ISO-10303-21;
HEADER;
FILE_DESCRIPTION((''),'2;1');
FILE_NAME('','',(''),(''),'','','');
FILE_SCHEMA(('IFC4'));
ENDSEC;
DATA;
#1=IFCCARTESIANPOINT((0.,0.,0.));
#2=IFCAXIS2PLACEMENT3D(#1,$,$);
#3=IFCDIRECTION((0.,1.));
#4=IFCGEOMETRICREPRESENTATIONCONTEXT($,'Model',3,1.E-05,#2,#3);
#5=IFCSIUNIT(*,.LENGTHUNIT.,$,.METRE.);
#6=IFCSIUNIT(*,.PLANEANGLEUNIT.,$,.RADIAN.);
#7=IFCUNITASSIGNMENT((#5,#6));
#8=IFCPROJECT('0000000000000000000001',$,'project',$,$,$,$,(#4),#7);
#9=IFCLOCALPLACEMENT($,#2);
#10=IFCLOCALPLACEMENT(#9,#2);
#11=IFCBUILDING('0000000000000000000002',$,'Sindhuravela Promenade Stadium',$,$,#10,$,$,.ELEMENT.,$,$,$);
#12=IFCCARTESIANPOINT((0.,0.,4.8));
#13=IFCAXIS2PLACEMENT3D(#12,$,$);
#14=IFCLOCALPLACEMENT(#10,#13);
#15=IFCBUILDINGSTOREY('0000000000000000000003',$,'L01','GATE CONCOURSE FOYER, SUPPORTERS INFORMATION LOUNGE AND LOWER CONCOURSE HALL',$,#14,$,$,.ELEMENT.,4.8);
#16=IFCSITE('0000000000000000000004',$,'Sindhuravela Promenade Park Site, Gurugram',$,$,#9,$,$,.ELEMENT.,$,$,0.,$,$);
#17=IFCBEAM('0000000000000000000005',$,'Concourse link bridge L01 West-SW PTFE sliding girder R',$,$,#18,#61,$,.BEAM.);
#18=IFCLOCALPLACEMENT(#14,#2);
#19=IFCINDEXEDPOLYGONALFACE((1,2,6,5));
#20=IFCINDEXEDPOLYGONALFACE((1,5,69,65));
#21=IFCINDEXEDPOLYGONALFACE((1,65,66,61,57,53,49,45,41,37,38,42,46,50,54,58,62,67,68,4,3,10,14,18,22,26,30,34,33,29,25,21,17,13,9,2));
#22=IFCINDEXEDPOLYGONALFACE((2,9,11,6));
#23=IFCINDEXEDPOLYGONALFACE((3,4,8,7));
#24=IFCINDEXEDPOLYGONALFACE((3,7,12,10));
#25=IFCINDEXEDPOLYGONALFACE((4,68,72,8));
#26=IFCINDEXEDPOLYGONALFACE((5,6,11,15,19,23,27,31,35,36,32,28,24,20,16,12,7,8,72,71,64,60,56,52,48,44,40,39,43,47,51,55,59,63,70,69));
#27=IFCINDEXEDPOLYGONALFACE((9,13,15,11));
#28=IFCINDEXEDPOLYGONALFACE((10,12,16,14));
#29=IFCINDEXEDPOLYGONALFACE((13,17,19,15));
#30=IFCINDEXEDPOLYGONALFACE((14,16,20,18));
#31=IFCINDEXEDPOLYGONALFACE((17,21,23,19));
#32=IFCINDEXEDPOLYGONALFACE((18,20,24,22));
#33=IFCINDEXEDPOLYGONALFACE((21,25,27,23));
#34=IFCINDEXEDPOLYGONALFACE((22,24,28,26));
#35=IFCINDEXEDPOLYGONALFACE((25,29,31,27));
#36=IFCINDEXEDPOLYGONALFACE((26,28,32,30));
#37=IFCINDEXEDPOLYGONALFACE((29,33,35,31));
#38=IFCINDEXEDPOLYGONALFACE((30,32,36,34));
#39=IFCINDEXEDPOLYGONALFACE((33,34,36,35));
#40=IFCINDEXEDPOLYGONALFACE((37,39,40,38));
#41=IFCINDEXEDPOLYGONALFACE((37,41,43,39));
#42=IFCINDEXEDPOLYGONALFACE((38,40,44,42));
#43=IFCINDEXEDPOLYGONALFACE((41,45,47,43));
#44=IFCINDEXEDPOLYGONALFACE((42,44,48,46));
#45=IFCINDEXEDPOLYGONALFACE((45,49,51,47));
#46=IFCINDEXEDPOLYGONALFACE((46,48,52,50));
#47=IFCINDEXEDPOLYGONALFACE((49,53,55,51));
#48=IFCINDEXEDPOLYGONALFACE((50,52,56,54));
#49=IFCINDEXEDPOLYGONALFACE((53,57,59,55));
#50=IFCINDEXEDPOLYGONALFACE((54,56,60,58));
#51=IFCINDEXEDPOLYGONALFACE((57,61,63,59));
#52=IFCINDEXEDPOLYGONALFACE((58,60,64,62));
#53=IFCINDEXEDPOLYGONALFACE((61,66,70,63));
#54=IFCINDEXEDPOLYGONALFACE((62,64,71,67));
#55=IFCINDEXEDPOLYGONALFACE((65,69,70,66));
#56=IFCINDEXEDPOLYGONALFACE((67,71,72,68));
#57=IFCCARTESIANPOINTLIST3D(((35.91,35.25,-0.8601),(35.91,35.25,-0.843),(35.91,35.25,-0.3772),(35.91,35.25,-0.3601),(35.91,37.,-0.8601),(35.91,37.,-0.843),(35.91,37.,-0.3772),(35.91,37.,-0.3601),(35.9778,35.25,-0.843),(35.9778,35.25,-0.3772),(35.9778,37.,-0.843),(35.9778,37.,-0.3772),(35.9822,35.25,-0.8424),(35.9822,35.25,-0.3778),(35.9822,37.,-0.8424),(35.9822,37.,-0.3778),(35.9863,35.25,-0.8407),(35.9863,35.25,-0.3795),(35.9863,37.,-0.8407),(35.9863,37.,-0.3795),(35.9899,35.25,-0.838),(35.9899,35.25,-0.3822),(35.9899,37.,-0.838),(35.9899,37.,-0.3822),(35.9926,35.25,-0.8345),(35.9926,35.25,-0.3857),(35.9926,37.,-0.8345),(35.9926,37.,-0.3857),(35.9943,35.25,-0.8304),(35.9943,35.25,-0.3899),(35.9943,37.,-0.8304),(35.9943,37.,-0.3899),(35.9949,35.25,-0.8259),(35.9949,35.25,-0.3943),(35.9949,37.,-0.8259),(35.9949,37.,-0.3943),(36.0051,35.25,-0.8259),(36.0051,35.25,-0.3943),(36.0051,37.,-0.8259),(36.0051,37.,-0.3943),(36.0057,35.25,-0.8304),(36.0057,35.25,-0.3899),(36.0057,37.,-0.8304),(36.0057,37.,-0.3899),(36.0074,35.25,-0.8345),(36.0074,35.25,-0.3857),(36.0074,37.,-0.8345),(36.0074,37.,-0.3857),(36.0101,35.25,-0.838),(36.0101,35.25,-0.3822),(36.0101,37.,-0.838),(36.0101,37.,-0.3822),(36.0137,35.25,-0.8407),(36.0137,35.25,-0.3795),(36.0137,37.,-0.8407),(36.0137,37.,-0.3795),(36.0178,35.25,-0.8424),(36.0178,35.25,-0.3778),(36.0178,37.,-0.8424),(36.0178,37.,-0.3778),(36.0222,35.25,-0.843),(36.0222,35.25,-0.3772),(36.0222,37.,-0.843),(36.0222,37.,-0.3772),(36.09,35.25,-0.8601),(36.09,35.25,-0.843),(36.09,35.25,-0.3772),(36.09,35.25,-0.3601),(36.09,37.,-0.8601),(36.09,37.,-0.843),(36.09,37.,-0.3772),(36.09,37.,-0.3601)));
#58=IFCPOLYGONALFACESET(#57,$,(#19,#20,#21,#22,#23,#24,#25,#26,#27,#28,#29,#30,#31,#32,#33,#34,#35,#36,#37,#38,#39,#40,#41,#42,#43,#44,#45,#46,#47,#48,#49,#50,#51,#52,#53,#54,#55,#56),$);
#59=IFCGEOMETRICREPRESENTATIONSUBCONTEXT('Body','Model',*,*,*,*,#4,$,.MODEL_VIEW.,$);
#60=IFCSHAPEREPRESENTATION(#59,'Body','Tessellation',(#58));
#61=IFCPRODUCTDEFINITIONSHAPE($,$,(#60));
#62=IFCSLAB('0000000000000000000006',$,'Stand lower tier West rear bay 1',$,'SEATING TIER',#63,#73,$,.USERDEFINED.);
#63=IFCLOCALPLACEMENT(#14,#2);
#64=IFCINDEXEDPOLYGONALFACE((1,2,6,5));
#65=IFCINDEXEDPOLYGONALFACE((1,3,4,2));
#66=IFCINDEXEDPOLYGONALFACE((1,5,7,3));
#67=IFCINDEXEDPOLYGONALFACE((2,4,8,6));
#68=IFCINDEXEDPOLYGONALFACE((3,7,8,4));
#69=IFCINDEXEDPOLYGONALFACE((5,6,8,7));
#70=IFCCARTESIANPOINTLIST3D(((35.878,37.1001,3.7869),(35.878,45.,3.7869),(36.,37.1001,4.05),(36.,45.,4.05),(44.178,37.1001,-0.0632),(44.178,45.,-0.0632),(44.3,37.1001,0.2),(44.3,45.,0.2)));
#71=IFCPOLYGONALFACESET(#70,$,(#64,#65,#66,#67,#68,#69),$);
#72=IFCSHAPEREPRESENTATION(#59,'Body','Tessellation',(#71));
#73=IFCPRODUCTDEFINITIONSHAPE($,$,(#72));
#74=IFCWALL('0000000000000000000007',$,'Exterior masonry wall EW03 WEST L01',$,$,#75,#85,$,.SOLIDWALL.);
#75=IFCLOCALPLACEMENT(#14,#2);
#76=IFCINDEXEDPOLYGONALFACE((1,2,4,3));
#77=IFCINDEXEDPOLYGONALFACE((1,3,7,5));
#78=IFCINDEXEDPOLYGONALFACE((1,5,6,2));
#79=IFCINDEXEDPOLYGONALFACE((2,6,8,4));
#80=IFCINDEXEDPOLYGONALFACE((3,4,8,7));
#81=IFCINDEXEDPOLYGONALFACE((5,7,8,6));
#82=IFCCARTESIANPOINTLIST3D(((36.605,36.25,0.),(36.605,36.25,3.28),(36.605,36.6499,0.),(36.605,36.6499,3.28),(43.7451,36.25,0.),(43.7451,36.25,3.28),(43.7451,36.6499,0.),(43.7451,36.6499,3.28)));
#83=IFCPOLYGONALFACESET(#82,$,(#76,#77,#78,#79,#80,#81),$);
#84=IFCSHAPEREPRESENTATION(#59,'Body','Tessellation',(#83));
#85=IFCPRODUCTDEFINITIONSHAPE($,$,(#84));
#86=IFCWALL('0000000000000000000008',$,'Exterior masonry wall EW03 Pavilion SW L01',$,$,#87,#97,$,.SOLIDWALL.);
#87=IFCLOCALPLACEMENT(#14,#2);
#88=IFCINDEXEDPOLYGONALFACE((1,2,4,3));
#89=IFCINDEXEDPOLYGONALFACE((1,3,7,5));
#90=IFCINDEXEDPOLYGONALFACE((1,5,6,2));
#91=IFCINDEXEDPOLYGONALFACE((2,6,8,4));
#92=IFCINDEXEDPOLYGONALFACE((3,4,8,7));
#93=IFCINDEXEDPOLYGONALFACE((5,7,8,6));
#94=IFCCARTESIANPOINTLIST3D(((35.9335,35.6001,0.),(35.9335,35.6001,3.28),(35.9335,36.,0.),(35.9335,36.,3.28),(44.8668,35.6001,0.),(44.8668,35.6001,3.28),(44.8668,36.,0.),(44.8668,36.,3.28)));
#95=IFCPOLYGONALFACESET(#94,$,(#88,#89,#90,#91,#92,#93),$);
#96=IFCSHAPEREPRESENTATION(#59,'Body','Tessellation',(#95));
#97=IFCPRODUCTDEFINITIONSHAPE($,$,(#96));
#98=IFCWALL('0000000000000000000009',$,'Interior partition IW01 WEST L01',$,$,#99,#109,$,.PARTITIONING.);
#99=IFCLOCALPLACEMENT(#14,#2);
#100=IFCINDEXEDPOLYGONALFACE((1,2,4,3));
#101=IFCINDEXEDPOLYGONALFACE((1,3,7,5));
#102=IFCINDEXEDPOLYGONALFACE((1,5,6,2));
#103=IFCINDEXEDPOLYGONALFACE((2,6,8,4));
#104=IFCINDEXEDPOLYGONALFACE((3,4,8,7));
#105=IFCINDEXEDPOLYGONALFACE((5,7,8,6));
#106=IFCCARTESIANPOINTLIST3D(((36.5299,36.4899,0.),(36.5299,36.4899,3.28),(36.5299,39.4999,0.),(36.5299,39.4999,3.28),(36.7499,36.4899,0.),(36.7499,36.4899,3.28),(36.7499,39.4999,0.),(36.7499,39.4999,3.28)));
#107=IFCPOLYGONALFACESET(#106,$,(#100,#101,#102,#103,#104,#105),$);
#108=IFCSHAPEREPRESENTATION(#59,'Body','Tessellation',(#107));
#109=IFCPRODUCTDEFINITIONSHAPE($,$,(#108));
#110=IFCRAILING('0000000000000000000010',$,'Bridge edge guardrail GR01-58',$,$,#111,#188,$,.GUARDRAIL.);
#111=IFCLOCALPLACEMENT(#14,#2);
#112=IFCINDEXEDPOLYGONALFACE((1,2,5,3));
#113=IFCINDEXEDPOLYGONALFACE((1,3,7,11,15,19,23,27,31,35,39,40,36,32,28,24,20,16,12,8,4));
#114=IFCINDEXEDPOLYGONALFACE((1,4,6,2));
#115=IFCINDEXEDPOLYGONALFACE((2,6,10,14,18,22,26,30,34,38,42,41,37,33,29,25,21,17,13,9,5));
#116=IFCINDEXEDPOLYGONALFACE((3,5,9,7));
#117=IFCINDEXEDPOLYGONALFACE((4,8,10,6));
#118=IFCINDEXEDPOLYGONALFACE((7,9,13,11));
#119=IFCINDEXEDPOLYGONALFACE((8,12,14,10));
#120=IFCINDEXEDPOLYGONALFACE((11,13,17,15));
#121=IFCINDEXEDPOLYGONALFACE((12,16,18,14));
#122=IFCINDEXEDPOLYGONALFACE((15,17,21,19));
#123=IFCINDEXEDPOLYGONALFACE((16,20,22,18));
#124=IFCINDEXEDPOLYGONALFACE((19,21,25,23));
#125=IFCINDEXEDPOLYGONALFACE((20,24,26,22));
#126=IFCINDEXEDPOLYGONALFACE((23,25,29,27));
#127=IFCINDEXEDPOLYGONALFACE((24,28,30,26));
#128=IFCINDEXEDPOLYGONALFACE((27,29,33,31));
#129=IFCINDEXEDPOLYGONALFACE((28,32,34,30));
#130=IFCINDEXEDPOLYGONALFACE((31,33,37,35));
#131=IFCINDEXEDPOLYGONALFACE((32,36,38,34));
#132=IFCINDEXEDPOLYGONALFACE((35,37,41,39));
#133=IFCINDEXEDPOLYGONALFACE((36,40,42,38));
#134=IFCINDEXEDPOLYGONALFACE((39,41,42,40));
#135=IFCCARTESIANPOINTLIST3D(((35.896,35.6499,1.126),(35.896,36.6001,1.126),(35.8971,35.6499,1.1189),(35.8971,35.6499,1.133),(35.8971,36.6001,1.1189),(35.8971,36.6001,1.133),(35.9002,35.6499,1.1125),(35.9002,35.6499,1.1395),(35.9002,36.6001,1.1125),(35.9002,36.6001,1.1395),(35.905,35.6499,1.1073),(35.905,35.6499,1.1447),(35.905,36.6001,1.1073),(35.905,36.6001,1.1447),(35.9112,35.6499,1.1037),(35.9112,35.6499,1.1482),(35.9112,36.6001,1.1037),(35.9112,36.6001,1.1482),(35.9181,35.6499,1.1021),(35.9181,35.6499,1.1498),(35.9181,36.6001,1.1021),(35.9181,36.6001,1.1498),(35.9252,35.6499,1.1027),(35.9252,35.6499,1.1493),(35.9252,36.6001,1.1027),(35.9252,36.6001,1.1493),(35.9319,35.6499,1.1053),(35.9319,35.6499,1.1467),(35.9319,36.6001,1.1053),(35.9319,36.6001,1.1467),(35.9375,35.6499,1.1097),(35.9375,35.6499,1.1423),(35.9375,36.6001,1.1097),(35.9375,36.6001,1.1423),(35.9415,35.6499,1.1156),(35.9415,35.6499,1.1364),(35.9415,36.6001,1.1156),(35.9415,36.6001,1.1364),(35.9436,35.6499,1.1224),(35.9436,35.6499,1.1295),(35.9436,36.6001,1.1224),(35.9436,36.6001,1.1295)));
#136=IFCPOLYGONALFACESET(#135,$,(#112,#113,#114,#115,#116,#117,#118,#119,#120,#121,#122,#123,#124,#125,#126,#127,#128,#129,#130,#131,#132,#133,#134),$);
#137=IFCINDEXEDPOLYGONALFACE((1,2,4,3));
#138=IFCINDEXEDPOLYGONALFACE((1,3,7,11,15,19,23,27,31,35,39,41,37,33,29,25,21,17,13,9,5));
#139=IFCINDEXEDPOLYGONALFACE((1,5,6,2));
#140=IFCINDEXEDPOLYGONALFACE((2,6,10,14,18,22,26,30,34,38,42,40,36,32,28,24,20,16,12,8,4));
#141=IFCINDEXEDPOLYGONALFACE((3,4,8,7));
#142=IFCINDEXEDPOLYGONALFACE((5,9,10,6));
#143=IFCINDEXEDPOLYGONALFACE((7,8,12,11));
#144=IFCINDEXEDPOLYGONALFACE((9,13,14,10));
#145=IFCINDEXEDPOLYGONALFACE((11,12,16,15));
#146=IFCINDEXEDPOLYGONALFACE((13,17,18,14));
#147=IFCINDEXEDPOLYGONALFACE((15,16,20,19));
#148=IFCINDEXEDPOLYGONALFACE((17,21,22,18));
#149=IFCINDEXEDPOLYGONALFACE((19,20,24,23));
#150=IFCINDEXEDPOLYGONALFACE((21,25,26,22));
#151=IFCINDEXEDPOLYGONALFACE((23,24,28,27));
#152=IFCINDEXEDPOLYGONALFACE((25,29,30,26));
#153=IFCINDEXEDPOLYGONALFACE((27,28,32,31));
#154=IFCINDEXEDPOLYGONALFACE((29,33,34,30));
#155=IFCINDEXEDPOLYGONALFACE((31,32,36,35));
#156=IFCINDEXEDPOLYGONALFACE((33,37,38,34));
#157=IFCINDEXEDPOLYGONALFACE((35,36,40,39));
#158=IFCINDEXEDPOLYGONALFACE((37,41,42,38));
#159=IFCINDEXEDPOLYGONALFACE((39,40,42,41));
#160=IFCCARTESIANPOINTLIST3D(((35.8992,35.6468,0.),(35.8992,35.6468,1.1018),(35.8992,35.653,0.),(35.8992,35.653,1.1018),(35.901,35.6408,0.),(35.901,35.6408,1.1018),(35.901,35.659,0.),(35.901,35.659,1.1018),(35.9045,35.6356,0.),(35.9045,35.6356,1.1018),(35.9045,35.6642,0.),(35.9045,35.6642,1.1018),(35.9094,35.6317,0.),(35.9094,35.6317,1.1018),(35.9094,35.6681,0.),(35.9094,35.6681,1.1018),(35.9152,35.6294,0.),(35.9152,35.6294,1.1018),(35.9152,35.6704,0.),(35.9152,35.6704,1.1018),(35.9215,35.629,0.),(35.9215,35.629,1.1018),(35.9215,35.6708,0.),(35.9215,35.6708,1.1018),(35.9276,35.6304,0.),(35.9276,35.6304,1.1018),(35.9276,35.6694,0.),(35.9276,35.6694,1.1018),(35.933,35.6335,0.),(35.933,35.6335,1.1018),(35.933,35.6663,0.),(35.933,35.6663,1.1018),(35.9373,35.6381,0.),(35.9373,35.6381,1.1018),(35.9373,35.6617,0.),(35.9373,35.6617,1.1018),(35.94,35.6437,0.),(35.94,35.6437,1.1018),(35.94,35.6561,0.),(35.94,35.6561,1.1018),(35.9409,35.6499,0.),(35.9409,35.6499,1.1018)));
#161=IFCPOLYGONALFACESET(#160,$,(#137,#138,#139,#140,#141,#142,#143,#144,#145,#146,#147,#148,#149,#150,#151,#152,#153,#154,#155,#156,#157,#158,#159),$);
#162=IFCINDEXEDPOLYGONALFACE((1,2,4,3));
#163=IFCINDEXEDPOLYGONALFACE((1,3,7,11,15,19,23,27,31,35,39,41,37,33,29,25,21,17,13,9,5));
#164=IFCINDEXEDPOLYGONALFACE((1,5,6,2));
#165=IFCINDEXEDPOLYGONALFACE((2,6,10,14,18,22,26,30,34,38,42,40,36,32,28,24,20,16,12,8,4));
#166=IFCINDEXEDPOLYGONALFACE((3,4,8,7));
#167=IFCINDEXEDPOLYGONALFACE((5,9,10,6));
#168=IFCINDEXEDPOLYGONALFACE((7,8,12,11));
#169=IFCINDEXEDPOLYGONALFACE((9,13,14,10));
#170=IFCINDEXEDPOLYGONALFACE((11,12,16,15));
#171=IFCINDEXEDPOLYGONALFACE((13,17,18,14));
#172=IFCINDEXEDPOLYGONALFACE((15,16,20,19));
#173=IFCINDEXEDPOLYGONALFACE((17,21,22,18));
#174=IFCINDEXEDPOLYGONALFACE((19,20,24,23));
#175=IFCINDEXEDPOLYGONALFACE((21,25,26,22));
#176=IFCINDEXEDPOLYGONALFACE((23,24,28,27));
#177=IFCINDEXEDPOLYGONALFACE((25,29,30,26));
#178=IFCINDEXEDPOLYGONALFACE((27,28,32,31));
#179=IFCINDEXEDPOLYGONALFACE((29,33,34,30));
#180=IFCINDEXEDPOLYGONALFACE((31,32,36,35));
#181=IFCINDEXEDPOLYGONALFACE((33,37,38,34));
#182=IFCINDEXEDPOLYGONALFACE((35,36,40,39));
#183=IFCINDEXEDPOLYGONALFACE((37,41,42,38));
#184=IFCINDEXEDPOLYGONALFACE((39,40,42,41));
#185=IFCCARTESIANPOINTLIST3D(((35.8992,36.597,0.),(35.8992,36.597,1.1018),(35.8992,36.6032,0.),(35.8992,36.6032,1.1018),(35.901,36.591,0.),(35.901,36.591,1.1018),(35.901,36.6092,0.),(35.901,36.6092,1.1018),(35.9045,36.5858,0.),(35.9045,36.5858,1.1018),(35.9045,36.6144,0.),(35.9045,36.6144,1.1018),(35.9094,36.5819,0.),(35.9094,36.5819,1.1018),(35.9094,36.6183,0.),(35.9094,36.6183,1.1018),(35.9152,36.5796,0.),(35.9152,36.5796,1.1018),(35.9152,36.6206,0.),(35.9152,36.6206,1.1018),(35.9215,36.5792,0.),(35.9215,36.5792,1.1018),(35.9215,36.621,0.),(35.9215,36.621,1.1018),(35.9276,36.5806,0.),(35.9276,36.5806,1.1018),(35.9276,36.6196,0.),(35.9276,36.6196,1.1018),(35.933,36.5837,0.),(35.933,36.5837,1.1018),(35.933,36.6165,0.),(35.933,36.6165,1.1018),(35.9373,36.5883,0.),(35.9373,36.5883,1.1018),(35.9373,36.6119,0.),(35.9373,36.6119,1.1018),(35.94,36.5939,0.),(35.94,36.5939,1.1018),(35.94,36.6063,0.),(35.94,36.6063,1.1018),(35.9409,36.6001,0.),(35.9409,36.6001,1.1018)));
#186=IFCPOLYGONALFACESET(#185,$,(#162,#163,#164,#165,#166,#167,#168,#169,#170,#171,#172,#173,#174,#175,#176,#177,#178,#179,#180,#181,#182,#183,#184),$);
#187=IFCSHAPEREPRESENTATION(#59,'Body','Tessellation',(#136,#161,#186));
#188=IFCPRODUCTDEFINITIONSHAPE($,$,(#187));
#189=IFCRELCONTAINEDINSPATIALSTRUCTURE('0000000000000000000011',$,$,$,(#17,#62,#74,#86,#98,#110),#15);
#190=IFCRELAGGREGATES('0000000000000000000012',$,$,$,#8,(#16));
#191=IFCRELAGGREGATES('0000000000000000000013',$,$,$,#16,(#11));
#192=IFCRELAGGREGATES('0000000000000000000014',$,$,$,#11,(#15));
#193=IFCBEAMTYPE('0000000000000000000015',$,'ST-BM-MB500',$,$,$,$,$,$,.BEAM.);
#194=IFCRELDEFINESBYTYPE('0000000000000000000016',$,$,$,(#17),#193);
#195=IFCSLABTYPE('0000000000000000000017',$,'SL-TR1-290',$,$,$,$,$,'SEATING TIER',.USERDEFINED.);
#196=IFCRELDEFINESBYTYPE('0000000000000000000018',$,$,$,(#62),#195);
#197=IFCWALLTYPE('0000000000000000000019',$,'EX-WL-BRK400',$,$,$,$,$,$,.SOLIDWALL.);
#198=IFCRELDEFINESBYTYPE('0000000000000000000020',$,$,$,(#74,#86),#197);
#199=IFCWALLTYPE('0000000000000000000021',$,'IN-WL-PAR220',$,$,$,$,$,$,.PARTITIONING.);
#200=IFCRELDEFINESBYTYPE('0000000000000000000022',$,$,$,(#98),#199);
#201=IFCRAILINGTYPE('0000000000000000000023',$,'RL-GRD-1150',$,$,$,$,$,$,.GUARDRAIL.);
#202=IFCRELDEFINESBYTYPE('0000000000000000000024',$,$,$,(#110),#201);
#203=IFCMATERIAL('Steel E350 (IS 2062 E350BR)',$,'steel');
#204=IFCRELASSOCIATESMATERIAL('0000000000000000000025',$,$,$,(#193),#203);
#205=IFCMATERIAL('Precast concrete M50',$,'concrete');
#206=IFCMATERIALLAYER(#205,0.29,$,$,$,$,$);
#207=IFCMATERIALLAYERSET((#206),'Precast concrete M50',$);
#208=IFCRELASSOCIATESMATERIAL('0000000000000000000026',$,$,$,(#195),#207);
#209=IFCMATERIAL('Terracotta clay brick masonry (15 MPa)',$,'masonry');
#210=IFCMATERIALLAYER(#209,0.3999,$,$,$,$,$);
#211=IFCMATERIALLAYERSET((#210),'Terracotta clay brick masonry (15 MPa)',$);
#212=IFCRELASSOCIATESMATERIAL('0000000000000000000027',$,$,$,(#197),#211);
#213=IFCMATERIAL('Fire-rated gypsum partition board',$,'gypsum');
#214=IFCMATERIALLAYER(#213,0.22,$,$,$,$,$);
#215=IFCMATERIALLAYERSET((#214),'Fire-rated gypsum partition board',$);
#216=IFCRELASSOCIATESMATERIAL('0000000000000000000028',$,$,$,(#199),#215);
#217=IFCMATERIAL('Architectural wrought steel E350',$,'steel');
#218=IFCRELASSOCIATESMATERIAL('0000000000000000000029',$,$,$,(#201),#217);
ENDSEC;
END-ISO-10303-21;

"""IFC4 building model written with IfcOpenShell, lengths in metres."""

from ifc_helpers import new_model, si_unit, direction, frame, frame_2d, origin, origin_2d, place, context, subcontext, project, spatial, polyline, rectangle, circle, i_section, outline, extrude, material, layer, layer_set, material_profile, profile_set, type_object, element, save


model = new_model("IFC4")

# Units and contexts
model_context = context("Model", 3, precision=1e-05, world=origin(), true_north=direction((0.0, 1.0)))
body_context = subcontext(model_context, "Body", "Model", "MODEL_VIEW")
ifc_project = project(units=[si_unit("LENGTHUNIT", "METRE"), si_unit("PLANEANGLEUNIT", "RADIAN")], contexts=[model_context])

# Site, building, storey
site_placement = place(None, origin())
site = spatial("IfcSite", under=ifc_project, at=site_placement, Name="Sindhuravela Promenade Park Site, Gurugram", CompositionType="ELEMENT", RefElevation=0.0)
building_placement = place(site_placement, origin())
building = spatial("IfcBuilding", under=site, at=building_placement, Name="Sindhuravela Promenade Stadium", CompositionType="ELEMENT")
storey_placement = place(building_placement, frame((0.0, 0.0, 4.8)))
storey = spatial("IfcBuildingStorey", under=building, at=storey_placement, Name="L01", Description="GATE CONCOURSE FOYER, SUPPORTERS INFORMATION LOUNGE AND LOWER CONCOURSE HALL", CompositionType="ELEMENT", Elevation=4.8)

# Beam
ifc_material_1 = material(Name="Steel E350 (IS 2062 E350BR)", Category="steel")
ifc_material_profile_1 = material_profile(ifc_material_1, i_section(OverallWidth=0.1799, OverallDepth=0.5, WebThickness=0.0103, FlangeThickness=0.0171, FilletRadius=0.0171, at=origin_2d()), Name="ISMB 500")
ifc_profile_set_1 = profile_set([ifc_material_profile_1], Name="Steel E350 (IS 2062 E350BR)")
beam_type_1 = type_object("IfcBeamType", Name="ST-BM-MB500", PredefinedType="BEAM", material=ifc_profile_set_1)
beam_1_placement = place(storey_placement, frame((36.0, 35.25, -0.6101), z_axis=(0.0, 1.0, 0.0), x_axis=(-1.0, 0.0, 0.0)))
element("IfcBeam", 1, at=beam_1_placement, inside=storey, type_object=beam_type_1, Name="Concourse link bridge L01 West-SW PTFE sliding girder R", PredefinedType="BEAM", context=body_context, shape_type="SweptSolid", body=[
    extrude(i_section(OverallWidth=0.1799, OverallDepth=0.5, WebThickness=0.0103, FlangeThickness=0.0171, FilletRadius=0.0171, at=origin_2d()), origin(), (0.0, 0.0, 1.0), 1.75),
])

# Slab
ifc_material_2 = material(Name="Precast concrete M50", Category="concrete")
ifc_layer_1 = layer(ifc_material_2, 0.29)
ifc_layer_set_1 = layer_set([ifc_layer_1], Name="Precast concrete M50")
slab_type = type_object("IfcSlabType", Name="SL-TR1-290", ElementType="SEATING TIER", PredefinedType="USERDEFINED", material=ifc_layer_set_1)
slab_placement = place(storey_placement, frame((44.3, 37.1001, 0.2), z_axis=(0.420797, 0.0, 0.907155), x_axis=(0.0, 1.0, 0.0)))
element("IfcSlab", 2, at=slab_placement, inside=storey, type_object=slab_type, Name="Stand lower tier West rear bay 1", ObjectType="SEATING TIER", PredefinedType="USERDEFINED", context=body_context, shape_type="SweptSolid", body=[
    extrude(outline(polyline([(0.0, 0.0), (7.8999, 0.0), (7.8999, 9.1495), (0.0, 9.1495), (0.0, 0.0)])), origin(), (0.0, 0.0, -1.0), 0.29),
])

# Walls
ifc_material_3 = material(Name="Terracotta clay brick masonry (15 MPa)", Category="masonry")
ifc_layer_2 = layer(ifc_material_3, 0.3999)
ifc_layer_set_2 = layer_set([ifc_layer_2], Name="Terracotta clay brick masonry (15 MPa)")
wall_type_1 = type_object("IfcWallType", Name="EX-WL-BRK400", PredefinedType="SOLIDWALL", material=ifc_layer_set_2)
wall_1_placement = place(storey_placement, frame((43.7451, 36.45, 0.0), z_axis=(0.0, 0.0, 1.0), x_axis=(-1.0, 0.0, 0.0)))
element("IfcWall", 3, at=wall_1_placement, inside=storey, type_object=wall_type_1, Name="Exterior masonry wall EW03 WEST L01", PredefinedType="SOLIDWALL", context=body_context, shape_type="SweptSolid", body=[
    extrude(rectangle(XDim=7.1401, YDim=0.3999, at=frame_2d((3.5701, 0.0))), origin(), (0.0, 0.0, 1.0), 3.28),
])
wall_2_placement = place(storey_placement, frame((35.9333, 35.8, 0.0), z_axis=(0.0, 0.0, 1.0), x_axis=(1.0, 0.0, 0.0)))
element("IfcWall", 4, at=wall_2_placement, inside=storey, type_object=wall_type_1, Name="Exterior masonry wall EW03 Pavilion SW L01", PredefinedType="SOLIDWALL", context=body_context, shape_type="SweptSolid", body=[
    extrude(rectangle(XDim=8.9333, YDim=0.3999, at=frame_2d((4.4668, 0.0))), origin(), (0.0, 0.0, 1.0), 3.28),
])
ifc_material_4 = material(Name="Fire-rated gypsum partition board", Category="gypsum")
ifc_layer_3 = layer(ifc_material_4, 0.22)
ifc_layer_set_3 = layer_set([ifc_layer_3], Name="Fire-rated gypsum partition board")
wall_type_2 = type_object("IfcWallType", Name="IN-WL-PAR220", PredefinedType="PARTITIONING", material=ifc_layer_set_3)
wall_3_placement = place(storey_placement, frame((36.6399, 36.49, 0.0), z_axis=(0.0, 0.0, 1.0), x_axis=(0.0, 1.0, 0.0)))
element("IfcWall", 5, at=wall_3_placement, inside=storey, type_object=wall_type_2, Name="Interior partition IW01 WEST L01", PredefinedType="PARTITIONING", context=body_context, shape_type="SweptSolid", body=[
    extrude(rectangle(XDim=3.01, YDim=0.22, at=frame_2d((1.5049, 0.0))), origin(), (0.0, 0.0, 1.0), 3.28),
])

# Railing
ifc_material_5 = material(Name="Architectural wrought steel E350", Category="steel")
railing_type = type_object("IfcRailingType", Name="RL-GRD-1150", PredefinedType="GUARDRAIL", material=ifc_material_5)
railing_1_placement = place(storey_placement, frame((35.9199, 35.6499, 0.0)))
element("IfcRailing", 6, at=railing_1_placement, inside=storey, type_object=railing_type, Name="Bridge edge guardrail GR01-58", PredefinedType="GUARDRAIL", context=body_context, shape_type="SweptSolid", body=[
    extrude(circle(Radius=0.0239, at=origin_2d()), frame((0.0, 0.0, 1.126), z_axis=(0.0, 1.0, 0.0), x_axis=(-1.0, 0.0, 0.0)), (0.0, 0.0, 1.0), 0.9502),
    extrude(circle(Radius=0.021, at=origin_2d()), origin(), (0.0, 0.0, 1.0), 1.1018),
    extrude(circle(Radius=0.021, at=origin_2d()), frame((0.0, 0.9502, 0.0)), (0.0, 0.0, 1.0), 1.1018),
])

save(model, "model.ifc")
